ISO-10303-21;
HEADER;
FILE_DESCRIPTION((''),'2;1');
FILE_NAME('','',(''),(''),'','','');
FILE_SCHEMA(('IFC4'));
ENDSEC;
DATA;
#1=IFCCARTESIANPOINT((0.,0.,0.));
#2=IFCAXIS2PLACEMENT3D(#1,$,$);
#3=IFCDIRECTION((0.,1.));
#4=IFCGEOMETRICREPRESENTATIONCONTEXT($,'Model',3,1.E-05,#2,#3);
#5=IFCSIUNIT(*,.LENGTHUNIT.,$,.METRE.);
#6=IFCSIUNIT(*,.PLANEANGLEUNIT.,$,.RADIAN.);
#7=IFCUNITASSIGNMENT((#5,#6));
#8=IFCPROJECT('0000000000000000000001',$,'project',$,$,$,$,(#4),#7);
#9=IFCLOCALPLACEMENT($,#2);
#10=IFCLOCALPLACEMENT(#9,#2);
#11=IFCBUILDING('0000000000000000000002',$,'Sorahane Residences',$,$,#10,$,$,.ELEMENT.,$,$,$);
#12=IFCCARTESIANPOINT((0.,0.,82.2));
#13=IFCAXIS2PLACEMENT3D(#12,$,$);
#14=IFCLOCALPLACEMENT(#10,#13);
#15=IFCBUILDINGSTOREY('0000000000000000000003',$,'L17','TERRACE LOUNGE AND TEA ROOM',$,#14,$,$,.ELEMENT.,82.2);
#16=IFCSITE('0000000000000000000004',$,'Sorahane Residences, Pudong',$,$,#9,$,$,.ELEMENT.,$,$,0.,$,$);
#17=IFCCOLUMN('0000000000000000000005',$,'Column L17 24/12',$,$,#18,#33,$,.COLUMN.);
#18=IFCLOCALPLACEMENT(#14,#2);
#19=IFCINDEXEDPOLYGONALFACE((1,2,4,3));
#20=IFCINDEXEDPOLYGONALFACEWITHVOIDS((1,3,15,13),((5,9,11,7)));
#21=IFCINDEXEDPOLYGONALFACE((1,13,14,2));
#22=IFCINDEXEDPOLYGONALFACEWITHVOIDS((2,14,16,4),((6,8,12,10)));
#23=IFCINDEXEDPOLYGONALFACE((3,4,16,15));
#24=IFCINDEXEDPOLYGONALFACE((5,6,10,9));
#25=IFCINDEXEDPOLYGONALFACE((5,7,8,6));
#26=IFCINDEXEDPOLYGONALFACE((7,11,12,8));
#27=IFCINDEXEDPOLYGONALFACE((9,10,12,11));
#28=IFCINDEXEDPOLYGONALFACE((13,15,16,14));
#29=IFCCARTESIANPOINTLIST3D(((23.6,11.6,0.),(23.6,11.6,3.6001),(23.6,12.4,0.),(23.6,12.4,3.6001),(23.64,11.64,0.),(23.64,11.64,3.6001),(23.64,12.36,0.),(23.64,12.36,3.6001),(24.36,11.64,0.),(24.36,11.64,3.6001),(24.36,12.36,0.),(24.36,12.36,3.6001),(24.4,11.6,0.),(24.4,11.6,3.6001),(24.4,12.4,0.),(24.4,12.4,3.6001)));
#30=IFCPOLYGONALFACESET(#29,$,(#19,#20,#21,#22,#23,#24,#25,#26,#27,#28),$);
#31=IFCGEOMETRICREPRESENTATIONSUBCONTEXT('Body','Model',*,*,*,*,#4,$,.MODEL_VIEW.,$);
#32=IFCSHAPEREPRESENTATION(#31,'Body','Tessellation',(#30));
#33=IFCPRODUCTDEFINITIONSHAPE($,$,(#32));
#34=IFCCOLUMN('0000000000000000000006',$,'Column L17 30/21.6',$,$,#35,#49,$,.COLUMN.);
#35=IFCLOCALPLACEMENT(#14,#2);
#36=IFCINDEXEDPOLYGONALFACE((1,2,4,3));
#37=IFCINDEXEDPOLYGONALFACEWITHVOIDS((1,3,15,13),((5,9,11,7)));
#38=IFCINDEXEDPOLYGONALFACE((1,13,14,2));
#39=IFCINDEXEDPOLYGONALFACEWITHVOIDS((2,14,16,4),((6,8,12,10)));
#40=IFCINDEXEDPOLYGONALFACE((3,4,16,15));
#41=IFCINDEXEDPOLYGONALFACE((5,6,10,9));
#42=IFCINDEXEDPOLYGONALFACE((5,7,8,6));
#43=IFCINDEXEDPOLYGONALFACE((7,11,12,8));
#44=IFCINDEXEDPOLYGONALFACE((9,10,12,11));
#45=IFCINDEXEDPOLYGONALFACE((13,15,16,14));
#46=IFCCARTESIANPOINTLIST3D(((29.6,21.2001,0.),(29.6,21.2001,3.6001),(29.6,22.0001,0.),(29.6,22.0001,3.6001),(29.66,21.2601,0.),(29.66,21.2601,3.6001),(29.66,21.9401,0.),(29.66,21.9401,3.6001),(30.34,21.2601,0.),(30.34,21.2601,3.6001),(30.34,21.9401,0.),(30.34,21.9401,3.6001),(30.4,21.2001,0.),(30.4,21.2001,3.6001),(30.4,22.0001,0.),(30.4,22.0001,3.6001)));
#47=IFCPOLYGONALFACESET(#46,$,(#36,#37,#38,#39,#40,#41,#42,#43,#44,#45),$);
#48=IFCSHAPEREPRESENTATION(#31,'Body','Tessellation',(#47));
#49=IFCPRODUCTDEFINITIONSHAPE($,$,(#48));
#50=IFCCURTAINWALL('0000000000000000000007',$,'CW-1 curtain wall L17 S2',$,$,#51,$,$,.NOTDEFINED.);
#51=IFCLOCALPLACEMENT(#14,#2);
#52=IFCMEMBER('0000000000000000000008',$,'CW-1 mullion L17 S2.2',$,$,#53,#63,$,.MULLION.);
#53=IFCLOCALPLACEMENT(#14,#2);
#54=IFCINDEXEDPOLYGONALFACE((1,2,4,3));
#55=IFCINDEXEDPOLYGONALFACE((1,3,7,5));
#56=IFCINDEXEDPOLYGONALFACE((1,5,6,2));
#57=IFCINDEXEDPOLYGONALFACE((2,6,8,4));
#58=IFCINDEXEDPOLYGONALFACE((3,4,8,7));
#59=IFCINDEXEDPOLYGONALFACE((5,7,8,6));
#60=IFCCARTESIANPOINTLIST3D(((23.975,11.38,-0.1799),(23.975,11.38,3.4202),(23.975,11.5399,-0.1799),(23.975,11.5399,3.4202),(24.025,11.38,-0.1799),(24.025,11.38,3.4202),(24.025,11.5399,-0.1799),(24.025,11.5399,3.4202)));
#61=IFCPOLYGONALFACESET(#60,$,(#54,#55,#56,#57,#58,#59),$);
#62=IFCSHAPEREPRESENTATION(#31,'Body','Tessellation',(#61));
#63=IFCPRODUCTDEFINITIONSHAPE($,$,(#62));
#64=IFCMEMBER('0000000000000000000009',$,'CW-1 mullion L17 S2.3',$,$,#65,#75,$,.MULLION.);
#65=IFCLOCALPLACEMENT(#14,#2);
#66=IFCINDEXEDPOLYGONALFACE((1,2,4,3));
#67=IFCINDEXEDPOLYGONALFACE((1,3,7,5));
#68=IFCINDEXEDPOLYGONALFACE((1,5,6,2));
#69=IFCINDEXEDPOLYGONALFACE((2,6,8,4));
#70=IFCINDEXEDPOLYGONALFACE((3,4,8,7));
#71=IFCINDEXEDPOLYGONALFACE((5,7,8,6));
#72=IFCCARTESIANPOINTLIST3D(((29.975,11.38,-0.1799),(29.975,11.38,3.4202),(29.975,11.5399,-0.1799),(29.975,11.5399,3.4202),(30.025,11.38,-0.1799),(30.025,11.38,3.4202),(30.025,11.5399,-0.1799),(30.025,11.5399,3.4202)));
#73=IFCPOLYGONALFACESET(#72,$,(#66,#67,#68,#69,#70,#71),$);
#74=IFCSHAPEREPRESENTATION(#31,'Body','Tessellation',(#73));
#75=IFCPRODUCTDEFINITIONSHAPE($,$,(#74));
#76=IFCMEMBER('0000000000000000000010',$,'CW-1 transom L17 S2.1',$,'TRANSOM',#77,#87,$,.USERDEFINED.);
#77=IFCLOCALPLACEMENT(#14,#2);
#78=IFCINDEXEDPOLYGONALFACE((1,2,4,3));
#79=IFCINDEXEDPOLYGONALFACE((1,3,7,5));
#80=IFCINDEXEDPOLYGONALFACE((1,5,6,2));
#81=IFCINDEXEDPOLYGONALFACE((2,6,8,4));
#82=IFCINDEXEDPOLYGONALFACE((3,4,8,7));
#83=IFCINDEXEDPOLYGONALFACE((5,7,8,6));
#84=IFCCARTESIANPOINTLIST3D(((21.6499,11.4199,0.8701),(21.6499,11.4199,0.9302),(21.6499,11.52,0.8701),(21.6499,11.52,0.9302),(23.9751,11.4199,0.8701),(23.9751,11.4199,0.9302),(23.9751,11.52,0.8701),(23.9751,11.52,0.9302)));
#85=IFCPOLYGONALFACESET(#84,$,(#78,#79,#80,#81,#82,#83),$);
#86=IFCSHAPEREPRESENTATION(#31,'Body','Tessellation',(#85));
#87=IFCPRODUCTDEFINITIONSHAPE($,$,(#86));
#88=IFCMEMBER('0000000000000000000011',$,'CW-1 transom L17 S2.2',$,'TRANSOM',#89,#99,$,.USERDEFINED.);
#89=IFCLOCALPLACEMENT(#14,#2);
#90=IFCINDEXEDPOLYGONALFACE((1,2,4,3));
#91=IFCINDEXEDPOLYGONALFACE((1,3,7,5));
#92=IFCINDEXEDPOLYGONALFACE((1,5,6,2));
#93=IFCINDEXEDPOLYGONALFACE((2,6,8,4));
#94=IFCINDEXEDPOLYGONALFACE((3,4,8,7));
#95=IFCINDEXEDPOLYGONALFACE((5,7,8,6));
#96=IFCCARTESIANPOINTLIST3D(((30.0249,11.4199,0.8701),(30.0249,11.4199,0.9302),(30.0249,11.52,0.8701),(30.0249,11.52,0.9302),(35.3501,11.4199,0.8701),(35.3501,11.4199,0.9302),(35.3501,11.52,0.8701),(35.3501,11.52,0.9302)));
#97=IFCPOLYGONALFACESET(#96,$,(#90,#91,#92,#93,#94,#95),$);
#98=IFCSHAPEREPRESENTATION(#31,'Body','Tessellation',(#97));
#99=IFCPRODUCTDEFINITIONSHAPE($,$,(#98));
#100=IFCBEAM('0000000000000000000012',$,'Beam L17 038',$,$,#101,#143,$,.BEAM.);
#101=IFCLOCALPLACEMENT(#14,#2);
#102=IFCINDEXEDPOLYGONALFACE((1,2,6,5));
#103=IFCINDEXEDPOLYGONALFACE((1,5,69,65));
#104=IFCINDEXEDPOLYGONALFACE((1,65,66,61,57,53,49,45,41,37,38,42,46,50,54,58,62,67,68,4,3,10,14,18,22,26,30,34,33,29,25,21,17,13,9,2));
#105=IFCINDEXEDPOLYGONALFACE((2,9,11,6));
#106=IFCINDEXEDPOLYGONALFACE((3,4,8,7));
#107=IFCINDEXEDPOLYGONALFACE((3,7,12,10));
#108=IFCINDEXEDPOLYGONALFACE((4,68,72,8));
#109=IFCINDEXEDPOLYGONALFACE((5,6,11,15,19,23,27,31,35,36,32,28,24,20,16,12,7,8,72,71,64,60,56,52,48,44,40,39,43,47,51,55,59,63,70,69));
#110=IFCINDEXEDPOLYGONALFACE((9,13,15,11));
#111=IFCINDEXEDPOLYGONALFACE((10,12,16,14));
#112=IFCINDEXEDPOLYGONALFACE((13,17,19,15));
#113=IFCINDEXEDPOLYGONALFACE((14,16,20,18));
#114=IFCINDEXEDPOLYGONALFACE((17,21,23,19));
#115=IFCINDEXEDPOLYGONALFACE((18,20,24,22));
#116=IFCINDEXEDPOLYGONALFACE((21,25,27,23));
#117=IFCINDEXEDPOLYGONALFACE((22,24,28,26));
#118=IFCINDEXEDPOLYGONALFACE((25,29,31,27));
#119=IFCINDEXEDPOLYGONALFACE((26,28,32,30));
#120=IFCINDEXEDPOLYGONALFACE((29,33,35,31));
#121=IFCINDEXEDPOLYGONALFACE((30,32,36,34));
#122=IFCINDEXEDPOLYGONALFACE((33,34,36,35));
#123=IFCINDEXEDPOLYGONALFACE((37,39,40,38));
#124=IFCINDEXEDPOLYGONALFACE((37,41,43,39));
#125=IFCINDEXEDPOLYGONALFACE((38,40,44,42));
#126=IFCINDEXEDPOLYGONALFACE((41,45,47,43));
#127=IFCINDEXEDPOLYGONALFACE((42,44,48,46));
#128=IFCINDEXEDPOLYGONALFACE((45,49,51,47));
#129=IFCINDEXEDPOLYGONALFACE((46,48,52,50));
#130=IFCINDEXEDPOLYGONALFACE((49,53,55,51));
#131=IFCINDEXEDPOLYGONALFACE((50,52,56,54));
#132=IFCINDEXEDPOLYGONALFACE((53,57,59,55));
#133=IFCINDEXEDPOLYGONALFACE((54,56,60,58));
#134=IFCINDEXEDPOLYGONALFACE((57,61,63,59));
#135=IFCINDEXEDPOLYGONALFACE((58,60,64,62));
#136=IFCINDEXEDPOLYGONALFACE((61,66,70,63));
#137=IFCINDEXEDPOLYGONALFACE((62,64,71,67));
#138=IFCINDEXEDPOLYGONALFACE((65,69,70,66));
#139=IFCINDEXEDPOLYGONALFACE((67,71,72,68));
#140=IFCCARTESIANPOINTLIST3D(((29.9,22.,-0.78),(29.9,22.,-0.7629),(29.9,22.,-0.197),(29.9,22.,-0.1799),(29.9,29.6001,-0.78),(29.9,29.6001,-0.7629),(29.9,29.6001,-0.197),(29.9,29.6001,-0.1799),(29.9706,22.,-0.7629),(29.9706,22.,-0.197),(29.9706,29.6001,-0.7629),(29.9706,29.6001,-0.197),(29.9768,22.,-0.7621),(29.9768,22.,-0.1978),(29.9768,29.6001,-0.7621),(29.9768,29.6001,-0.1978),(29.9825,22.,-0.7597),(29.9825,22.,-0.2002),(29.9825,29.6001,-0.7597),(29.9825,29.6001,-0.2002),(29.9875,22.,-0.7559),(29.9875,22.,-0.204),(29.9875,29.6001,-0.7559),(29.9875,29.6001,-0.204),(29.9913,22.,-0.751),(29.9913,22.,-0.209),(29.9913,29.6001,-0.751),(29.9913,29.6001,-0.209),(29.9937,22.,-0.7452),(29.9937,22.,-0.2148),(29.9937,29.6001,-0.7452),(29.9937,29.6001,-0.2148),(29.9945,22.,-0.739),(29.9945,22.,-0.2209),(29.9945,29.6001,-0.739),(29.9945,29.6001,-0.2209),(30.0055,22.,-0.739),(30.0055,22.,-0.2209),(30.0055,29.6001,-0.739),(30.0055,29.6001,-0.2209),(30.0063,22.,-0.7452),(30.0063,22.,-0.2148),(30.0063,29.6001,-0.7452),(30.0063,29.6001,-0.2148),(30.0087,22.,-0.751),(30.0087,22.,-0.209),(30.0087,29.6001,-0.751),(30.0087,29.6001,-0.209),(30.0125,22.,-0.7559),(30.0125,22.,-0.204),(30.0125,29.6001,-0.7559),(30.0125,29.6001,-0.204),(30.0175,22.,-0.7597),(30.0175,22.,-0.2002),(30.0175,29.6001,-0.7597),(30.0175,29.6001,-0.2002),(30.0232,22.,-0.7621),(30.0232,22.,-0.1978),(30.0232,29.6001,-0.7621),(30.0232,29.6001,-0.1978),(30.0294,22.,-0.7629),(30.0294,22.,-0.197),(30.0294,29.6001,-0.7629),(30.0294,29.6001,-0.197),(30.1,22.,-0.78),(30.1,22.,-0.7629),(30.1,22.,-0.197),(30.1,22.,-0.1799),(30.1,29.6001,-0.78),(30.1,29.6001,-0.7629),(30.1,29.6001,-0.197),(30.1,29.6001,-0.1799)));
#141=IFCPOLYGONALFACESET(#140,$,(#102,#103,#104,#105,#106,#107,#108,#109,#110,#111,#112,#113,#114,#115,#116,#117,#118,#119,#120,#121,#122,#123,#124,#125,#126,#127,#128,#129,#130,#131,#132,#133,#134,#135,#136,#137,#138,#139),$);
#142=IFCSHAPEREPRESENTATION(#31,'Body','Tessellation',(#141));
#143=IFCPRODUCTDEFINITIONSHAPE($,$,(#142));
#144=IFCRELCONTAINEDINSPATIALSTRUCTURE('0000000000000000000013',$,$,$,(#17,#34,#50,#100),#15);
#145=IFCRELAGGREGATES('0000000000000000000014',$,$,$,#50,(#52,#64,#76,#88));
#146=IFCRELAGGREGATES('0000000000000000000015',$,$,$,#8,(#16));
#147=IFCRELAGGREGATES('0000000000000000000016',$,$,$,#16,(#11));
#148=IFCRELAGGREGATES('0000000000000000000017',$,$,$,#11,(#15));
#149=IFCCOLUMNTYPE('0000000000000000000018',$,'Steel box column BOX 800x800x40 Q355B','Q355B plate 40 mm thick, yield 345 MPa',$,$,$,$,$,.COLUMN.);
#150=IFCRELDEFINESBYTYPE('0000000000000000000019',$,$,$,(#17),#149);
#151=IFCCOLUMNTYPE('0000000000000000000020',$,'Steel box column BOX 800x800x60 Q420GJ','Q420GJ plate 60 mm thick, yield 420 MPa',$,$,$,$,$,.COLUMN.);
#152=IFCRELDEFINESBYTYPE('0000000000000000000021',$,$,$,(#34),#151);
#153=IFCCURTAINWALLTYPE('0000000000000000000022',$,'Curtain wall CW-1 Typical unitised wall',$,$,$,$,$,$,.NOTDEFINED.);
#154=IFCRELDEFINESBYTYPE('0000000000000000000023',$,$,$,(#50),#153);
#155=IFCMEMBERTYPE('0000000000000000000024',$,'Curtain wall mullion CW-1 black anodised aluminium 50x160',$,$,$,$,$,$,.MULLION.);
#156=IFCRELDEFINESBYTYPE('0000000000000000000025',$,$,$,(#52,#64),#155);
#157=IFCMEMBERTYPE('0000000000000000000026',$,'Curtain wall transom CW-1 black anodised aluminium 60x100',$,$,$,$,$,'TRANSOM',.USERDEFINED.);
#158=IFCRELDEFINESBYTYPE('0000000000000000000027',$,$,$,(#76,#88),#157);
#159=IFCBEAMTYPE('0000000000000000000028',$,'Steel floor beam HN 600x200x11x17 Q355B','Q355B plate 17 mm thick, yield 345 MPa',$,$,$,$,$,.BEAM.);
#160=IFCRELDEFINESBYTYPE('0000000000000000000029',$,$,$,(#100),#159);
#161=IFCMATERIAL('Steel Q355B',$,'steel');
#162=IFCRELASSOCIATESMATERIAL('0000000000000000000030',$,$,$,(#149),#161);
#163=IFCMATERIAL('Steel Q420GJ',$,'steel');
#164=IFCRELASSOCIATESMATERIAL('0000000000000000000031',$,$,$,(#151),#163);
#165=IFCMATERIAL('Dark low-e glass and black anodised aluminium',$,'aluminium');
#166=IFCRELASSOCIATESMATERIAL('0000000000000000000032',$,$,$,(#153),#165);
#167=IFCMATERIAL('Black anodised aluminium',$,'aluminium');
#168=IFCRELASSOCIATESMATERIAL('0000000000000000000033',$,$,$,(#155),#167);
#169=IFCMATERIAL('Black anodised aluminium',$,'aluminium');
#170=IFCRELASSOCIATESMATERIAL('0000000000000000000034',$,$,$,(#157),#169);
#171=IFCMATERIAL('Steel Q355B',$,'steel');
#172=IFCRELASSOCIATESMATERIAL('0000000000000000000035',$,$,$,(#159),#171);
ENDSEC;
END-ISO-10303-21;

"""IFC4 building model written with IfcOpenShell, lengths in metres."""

from ifc_helpers import new_model, si_unit, direction, frame, origin, origin_2d, place, context, subcontext, project, spatial, rectangle, hollow_rectangle, i_section, extrude, material, material_profile, profile_set, type_object, element, aggregate, save


model = new_model("IFC4")

# Units and contexts
model_context = context("Model", 3, precision=1e-05, world=origin(), true_north=direction((0.0, 1.0)))
body_context = subcontext(model_context, "Body", "Model", "MODEL_VIEW")
ifc_project = project(units=[si_unit("LENGTHUNIT", "METRE"), si_unit("PLANEANGLEUNIT", "RADIAN")], contexts=[model_context])

# Site, building, storey
site_placement = place(None, origin())
site = spatial("IfcSite", under=ifc_project, at=site_placement, Name="Sorahane Residences, Pudong", CompositionType="ELEMENT", RefElevation=0.0)
building_placement = place(site_placement, origin())
building = spatial("IfcBuilding", under=site, at=building_placement, Name="Sorahane Residences", CompositionType="ELEMENT")
storey_placement = place(building_placement, frame((0.0, 0.0, 82.2)))
storey = spatial("IfcBuildingStorey", under=building, at=storey_placement, Name="L17", Description="TERRACE LOUNGE AND TEA ROOM", CompositionType="ELEMENT", Elevation=82.2)

# Columns
ifc_material_1 = material(Name="Steel Q355B", Category="steel")
ifc_material_profile_1 = material_profile(ifc_material_1, hollow_rectangle(XDim=0.8, YDim=0.8, WallThickness=0.04, at=origin_2d()), Name="BOX 800x800x40")
ifc_profile_set_1 = profile_set([ifc_material_profile_1], Name="Steel Q355B")
column_type_1 = type_object("IfcColumnType", Name="Steel box column BOX 800x800x40 Q355B", Description="Q355B plate 40 mm thick, yield 345 MPa", PredefinedType="COLUMN", material=ifc_profile_set_1)
column_1_placement = place(storey_placement, frame((24.0, 12.0, 0.0), z_axis=(0.0, 0.0, 1.0), x_axis=(1.0, 0.0, 0.0)))
element("IfcColumn", 1, at=column_1_placement, inside=storey, type_object=column_type_1, Name="Column L17 24/12", PredefinedType="COLUMN", context=body_context, shape_type="SweptSolid", body=[
    extrude(hollow_rectangle(XDim=0.8, YDim=0.8, WallThickness=0.04, at=origin_2d()), origin(), (0.0, 0.0, 1.0), 3.6001),
])
ifc_material_2 = material(Name="Steel Q420GJ", Category="steel")
ifc_material_profile_2 = material_profile(ifc_material_2, hollow_rectangle(XDim=0.8, YDim=0.8, WallThickness=0.0601, at=origin_2d()), Name="BOX 800x800x60")
ifc_profile_set_2 = profile_set([ifc_material_profile_2], Name="Steel Q420GJ")
column_type_2 = type_object("IfcColumnType", Name="Steel box column BOX 800x800x60 Q420GJ", Description="Q420GJ plate 60 mm thick, yield 420 MPa", PredefinedType="COLUMN", material=ifc_profile_set_2)
column_2_placement = place(storey_placement, frame((30.0, 21.6001, 0.0), z_axis=(0.0, 0.0, 1.0), x_axis=(1.0, 0.0, 0.0)))
element("IfcColumn", 2, at=column_2_placement, inside=storey, type_object=column_type_2, Name="Column L17 30/21.6", PredefinedType="COLUMN", context=body_context, shape_type="SweptSolid", body=[
    extrude(hollow_rectangle(XDim=0.8, YDim=0.8, WallThickness=0.0601, at=origin_2d()), origin(), (0.0, 0.0, 1.0), 3.6001),
])

# Curtain wall, members
ifc_material_3 = material(Name="Dark low-e glass and black anodised aluminium", Category="aluminium")
curtain_wall_type = type_object("IfcCurtainWallType", Name="Curtain wall CW-1 Typical unitised wall", PredefinedType="NOTDEFINED", material=ifc_material_3)
curtain_wall_placement = place(storey_placement, origin())
curtain_wall = element("IfcCurtainWall", 3, at=curtain_wall_placement, inside=storey, type_object=curtain_wall_type, Name="CW-1 curtain wall L17 S2", PredefinedType="NOTDEFINED")
ifc_material_4 = material(Name="Black anodised aluminium", Category="aluminium")
ifc_material_profile_3 = material_profile(ifc_material_4, rectangle(XDim=0.1599, YDim=0.05, at=origin_2d()), Name="Curtain wall mullion CW-1 black anodised aluminium 50x160")
ifc_profile_set_3 = profile_set([ifc_material_profile_3], Name="Black anodised aluminium")
member_type_1 = type_object("IfcMemberType", Name="Curtain wall mullion CW-1 black anodised aluminium 50x160", PredefinedType="MULLION", material=ifc_profile_set_3)
member_1_placement = place(storey_placement, frame((24.0, 11.46, -0.1799), z_axis=(0.0, 0.0, 1.0), x_axis=(0.0, -1.0, 0.0)))
member_1 = element("IfcMember", 4, at=member_1_placement, type_object=member_type_1, Name="CW-1 mullion L17 S2.2", PredefinedType="MULLION", context=body_context, shape_type="SweptSolid", body=[
    extrude(rectangle(XDim=0.1599, YDim=0.05, at=origin_2d()), origin(), (0.0, 0.0, 1.0), 3.6001),
])
member_2_placement = place(storey_placement, frame((30.0, 11.46, -0.1799), z_axis=(0.0, 0.0, 1.0), x_axis=(0.0, -1.0, 0.0)))
member_2 = element("IfcMember", 5, at=member_2_placement, type_object=member_type_1, Name="CW-1 mullion L17 S2.3", PredefinedType="MULLION", context=body_context, shape_type="SweptSolid", body=[
    extrude(rectangle(XDim=0.1599, YDim=0.05, at=origin_2d()), origin(), (0.0, 0.0, 1.0), 3.6001),
])
ifc_material_5 = material(Name="Black anodised aluminium", Category="aluminium")
ifc_material_profile_4 = material_profile(ifc_material_5, rectangle(XDim=0.1001, YDim=0.0601, at=origin_2d()), Name="Curtain wall transom CW-1 black anodised aluminium 60x100")
ifc_profile_set_4 = profile_set([ifc_material_profile_4], Name="Black anodised aluminium")
member_type_2 = type_object("IfcMemberType", Name="Curtain wall transom CW-1 black anodised aluminium 60x100", ElementType="TRANSOM", PredefinedType="USERDEFINED", material=ifc_profile_set_4)
member_3_placement = place(storey_placement, frame((21.6499, 11.47, 0.9001), z_axis=(1.0, 0.0, 0.0), x_axis=(0.0, 1.0, 0.0)))
member_3 = element("IfcMember", 6, at=member_3_placement, type_object=member_type_2, Name="CW-1 transom L17 S2.1", ObjectType="TRANSOM", PredefinedType="USERDEFINED", context=body_context, shape_type="SweptSolid", body=[
    extrude(rectangle(XDim=0.1001, YDim=0.0601, at=origin_2d()), origin(), (0.0, 0.0, 1.0), 2.3252),
])
member_4_placement = place(storey_placement, frame((30.0249, 11.47, 0.9001), z_axis=(1.0, 0.0, 0.0), x_axis=(0.0, 1.0, 0.0)))
member_4 = element("IfcMember", 7, at=member_4_placement, type_object=member_type_2, Name="CW-1 transom L17 S2.2", ObjectType="TRANSOM", PredefinedType="USERDEFINED", context=body_context, shape_type="SweptSolid", body=[
    extrude(rectangle(XDim=0.1001, YDim=0.0601, at=origin_2d()), origin(), (0.0, 0.0, 1.0), 5.3252),
])

# Beam
ifc_material_6 = material(Name="Steel Q355B", Category="steel")
ifc_material_profile_5 = material_profile(ifc_material_6, i_section(OverallWidth=0.2, OverallDepth=0.6001, WebThickness=0.011, FlangeThickness=0.0171, FilletRadius=0.0239, at=origin_2d()), Name="HN 600x200x11x17")
ifc_profile_set_5 = profile_set([ifc_material_profile_5], Name="Steel Q355B")
beam_type_1 = type_object("IfcBeamType", Name="Steel floor beam HN 600x200x11x17 Q355B", Description="Q355B plate 17 mm thick, yield 345 MPa", PredefinedType="BEAM", material=ifc_profile_set_5)
beam_1_placement = place(storey_placement, frame((30.0, 22.0, -0.48), z_axis=(0.0, 1.0, 0.0), x_axis=(-1.0, 0.0, 0.0)))
element("IfcBeam", 8, at=beam_1_placement, inside=storey, type_object=beam_type_1, Name="Beam L17 038", PredefinedType="BEAM", context=body_context, shape_type="SweptSolid", body=[
    extrude(i_section(OverallWidth=0.2, OverallDepth=0.6001, WebThickness=0.011, FlangeThickness=0.0171, FilletRadius=0.0239, at=origin_2d()), origin(), (0.0, 0.0, 1.0), 7.6001),
])

aggregate(curtain_wall, [member_1, member_2, member_3, member_4])

save(model, "model.ifc")
